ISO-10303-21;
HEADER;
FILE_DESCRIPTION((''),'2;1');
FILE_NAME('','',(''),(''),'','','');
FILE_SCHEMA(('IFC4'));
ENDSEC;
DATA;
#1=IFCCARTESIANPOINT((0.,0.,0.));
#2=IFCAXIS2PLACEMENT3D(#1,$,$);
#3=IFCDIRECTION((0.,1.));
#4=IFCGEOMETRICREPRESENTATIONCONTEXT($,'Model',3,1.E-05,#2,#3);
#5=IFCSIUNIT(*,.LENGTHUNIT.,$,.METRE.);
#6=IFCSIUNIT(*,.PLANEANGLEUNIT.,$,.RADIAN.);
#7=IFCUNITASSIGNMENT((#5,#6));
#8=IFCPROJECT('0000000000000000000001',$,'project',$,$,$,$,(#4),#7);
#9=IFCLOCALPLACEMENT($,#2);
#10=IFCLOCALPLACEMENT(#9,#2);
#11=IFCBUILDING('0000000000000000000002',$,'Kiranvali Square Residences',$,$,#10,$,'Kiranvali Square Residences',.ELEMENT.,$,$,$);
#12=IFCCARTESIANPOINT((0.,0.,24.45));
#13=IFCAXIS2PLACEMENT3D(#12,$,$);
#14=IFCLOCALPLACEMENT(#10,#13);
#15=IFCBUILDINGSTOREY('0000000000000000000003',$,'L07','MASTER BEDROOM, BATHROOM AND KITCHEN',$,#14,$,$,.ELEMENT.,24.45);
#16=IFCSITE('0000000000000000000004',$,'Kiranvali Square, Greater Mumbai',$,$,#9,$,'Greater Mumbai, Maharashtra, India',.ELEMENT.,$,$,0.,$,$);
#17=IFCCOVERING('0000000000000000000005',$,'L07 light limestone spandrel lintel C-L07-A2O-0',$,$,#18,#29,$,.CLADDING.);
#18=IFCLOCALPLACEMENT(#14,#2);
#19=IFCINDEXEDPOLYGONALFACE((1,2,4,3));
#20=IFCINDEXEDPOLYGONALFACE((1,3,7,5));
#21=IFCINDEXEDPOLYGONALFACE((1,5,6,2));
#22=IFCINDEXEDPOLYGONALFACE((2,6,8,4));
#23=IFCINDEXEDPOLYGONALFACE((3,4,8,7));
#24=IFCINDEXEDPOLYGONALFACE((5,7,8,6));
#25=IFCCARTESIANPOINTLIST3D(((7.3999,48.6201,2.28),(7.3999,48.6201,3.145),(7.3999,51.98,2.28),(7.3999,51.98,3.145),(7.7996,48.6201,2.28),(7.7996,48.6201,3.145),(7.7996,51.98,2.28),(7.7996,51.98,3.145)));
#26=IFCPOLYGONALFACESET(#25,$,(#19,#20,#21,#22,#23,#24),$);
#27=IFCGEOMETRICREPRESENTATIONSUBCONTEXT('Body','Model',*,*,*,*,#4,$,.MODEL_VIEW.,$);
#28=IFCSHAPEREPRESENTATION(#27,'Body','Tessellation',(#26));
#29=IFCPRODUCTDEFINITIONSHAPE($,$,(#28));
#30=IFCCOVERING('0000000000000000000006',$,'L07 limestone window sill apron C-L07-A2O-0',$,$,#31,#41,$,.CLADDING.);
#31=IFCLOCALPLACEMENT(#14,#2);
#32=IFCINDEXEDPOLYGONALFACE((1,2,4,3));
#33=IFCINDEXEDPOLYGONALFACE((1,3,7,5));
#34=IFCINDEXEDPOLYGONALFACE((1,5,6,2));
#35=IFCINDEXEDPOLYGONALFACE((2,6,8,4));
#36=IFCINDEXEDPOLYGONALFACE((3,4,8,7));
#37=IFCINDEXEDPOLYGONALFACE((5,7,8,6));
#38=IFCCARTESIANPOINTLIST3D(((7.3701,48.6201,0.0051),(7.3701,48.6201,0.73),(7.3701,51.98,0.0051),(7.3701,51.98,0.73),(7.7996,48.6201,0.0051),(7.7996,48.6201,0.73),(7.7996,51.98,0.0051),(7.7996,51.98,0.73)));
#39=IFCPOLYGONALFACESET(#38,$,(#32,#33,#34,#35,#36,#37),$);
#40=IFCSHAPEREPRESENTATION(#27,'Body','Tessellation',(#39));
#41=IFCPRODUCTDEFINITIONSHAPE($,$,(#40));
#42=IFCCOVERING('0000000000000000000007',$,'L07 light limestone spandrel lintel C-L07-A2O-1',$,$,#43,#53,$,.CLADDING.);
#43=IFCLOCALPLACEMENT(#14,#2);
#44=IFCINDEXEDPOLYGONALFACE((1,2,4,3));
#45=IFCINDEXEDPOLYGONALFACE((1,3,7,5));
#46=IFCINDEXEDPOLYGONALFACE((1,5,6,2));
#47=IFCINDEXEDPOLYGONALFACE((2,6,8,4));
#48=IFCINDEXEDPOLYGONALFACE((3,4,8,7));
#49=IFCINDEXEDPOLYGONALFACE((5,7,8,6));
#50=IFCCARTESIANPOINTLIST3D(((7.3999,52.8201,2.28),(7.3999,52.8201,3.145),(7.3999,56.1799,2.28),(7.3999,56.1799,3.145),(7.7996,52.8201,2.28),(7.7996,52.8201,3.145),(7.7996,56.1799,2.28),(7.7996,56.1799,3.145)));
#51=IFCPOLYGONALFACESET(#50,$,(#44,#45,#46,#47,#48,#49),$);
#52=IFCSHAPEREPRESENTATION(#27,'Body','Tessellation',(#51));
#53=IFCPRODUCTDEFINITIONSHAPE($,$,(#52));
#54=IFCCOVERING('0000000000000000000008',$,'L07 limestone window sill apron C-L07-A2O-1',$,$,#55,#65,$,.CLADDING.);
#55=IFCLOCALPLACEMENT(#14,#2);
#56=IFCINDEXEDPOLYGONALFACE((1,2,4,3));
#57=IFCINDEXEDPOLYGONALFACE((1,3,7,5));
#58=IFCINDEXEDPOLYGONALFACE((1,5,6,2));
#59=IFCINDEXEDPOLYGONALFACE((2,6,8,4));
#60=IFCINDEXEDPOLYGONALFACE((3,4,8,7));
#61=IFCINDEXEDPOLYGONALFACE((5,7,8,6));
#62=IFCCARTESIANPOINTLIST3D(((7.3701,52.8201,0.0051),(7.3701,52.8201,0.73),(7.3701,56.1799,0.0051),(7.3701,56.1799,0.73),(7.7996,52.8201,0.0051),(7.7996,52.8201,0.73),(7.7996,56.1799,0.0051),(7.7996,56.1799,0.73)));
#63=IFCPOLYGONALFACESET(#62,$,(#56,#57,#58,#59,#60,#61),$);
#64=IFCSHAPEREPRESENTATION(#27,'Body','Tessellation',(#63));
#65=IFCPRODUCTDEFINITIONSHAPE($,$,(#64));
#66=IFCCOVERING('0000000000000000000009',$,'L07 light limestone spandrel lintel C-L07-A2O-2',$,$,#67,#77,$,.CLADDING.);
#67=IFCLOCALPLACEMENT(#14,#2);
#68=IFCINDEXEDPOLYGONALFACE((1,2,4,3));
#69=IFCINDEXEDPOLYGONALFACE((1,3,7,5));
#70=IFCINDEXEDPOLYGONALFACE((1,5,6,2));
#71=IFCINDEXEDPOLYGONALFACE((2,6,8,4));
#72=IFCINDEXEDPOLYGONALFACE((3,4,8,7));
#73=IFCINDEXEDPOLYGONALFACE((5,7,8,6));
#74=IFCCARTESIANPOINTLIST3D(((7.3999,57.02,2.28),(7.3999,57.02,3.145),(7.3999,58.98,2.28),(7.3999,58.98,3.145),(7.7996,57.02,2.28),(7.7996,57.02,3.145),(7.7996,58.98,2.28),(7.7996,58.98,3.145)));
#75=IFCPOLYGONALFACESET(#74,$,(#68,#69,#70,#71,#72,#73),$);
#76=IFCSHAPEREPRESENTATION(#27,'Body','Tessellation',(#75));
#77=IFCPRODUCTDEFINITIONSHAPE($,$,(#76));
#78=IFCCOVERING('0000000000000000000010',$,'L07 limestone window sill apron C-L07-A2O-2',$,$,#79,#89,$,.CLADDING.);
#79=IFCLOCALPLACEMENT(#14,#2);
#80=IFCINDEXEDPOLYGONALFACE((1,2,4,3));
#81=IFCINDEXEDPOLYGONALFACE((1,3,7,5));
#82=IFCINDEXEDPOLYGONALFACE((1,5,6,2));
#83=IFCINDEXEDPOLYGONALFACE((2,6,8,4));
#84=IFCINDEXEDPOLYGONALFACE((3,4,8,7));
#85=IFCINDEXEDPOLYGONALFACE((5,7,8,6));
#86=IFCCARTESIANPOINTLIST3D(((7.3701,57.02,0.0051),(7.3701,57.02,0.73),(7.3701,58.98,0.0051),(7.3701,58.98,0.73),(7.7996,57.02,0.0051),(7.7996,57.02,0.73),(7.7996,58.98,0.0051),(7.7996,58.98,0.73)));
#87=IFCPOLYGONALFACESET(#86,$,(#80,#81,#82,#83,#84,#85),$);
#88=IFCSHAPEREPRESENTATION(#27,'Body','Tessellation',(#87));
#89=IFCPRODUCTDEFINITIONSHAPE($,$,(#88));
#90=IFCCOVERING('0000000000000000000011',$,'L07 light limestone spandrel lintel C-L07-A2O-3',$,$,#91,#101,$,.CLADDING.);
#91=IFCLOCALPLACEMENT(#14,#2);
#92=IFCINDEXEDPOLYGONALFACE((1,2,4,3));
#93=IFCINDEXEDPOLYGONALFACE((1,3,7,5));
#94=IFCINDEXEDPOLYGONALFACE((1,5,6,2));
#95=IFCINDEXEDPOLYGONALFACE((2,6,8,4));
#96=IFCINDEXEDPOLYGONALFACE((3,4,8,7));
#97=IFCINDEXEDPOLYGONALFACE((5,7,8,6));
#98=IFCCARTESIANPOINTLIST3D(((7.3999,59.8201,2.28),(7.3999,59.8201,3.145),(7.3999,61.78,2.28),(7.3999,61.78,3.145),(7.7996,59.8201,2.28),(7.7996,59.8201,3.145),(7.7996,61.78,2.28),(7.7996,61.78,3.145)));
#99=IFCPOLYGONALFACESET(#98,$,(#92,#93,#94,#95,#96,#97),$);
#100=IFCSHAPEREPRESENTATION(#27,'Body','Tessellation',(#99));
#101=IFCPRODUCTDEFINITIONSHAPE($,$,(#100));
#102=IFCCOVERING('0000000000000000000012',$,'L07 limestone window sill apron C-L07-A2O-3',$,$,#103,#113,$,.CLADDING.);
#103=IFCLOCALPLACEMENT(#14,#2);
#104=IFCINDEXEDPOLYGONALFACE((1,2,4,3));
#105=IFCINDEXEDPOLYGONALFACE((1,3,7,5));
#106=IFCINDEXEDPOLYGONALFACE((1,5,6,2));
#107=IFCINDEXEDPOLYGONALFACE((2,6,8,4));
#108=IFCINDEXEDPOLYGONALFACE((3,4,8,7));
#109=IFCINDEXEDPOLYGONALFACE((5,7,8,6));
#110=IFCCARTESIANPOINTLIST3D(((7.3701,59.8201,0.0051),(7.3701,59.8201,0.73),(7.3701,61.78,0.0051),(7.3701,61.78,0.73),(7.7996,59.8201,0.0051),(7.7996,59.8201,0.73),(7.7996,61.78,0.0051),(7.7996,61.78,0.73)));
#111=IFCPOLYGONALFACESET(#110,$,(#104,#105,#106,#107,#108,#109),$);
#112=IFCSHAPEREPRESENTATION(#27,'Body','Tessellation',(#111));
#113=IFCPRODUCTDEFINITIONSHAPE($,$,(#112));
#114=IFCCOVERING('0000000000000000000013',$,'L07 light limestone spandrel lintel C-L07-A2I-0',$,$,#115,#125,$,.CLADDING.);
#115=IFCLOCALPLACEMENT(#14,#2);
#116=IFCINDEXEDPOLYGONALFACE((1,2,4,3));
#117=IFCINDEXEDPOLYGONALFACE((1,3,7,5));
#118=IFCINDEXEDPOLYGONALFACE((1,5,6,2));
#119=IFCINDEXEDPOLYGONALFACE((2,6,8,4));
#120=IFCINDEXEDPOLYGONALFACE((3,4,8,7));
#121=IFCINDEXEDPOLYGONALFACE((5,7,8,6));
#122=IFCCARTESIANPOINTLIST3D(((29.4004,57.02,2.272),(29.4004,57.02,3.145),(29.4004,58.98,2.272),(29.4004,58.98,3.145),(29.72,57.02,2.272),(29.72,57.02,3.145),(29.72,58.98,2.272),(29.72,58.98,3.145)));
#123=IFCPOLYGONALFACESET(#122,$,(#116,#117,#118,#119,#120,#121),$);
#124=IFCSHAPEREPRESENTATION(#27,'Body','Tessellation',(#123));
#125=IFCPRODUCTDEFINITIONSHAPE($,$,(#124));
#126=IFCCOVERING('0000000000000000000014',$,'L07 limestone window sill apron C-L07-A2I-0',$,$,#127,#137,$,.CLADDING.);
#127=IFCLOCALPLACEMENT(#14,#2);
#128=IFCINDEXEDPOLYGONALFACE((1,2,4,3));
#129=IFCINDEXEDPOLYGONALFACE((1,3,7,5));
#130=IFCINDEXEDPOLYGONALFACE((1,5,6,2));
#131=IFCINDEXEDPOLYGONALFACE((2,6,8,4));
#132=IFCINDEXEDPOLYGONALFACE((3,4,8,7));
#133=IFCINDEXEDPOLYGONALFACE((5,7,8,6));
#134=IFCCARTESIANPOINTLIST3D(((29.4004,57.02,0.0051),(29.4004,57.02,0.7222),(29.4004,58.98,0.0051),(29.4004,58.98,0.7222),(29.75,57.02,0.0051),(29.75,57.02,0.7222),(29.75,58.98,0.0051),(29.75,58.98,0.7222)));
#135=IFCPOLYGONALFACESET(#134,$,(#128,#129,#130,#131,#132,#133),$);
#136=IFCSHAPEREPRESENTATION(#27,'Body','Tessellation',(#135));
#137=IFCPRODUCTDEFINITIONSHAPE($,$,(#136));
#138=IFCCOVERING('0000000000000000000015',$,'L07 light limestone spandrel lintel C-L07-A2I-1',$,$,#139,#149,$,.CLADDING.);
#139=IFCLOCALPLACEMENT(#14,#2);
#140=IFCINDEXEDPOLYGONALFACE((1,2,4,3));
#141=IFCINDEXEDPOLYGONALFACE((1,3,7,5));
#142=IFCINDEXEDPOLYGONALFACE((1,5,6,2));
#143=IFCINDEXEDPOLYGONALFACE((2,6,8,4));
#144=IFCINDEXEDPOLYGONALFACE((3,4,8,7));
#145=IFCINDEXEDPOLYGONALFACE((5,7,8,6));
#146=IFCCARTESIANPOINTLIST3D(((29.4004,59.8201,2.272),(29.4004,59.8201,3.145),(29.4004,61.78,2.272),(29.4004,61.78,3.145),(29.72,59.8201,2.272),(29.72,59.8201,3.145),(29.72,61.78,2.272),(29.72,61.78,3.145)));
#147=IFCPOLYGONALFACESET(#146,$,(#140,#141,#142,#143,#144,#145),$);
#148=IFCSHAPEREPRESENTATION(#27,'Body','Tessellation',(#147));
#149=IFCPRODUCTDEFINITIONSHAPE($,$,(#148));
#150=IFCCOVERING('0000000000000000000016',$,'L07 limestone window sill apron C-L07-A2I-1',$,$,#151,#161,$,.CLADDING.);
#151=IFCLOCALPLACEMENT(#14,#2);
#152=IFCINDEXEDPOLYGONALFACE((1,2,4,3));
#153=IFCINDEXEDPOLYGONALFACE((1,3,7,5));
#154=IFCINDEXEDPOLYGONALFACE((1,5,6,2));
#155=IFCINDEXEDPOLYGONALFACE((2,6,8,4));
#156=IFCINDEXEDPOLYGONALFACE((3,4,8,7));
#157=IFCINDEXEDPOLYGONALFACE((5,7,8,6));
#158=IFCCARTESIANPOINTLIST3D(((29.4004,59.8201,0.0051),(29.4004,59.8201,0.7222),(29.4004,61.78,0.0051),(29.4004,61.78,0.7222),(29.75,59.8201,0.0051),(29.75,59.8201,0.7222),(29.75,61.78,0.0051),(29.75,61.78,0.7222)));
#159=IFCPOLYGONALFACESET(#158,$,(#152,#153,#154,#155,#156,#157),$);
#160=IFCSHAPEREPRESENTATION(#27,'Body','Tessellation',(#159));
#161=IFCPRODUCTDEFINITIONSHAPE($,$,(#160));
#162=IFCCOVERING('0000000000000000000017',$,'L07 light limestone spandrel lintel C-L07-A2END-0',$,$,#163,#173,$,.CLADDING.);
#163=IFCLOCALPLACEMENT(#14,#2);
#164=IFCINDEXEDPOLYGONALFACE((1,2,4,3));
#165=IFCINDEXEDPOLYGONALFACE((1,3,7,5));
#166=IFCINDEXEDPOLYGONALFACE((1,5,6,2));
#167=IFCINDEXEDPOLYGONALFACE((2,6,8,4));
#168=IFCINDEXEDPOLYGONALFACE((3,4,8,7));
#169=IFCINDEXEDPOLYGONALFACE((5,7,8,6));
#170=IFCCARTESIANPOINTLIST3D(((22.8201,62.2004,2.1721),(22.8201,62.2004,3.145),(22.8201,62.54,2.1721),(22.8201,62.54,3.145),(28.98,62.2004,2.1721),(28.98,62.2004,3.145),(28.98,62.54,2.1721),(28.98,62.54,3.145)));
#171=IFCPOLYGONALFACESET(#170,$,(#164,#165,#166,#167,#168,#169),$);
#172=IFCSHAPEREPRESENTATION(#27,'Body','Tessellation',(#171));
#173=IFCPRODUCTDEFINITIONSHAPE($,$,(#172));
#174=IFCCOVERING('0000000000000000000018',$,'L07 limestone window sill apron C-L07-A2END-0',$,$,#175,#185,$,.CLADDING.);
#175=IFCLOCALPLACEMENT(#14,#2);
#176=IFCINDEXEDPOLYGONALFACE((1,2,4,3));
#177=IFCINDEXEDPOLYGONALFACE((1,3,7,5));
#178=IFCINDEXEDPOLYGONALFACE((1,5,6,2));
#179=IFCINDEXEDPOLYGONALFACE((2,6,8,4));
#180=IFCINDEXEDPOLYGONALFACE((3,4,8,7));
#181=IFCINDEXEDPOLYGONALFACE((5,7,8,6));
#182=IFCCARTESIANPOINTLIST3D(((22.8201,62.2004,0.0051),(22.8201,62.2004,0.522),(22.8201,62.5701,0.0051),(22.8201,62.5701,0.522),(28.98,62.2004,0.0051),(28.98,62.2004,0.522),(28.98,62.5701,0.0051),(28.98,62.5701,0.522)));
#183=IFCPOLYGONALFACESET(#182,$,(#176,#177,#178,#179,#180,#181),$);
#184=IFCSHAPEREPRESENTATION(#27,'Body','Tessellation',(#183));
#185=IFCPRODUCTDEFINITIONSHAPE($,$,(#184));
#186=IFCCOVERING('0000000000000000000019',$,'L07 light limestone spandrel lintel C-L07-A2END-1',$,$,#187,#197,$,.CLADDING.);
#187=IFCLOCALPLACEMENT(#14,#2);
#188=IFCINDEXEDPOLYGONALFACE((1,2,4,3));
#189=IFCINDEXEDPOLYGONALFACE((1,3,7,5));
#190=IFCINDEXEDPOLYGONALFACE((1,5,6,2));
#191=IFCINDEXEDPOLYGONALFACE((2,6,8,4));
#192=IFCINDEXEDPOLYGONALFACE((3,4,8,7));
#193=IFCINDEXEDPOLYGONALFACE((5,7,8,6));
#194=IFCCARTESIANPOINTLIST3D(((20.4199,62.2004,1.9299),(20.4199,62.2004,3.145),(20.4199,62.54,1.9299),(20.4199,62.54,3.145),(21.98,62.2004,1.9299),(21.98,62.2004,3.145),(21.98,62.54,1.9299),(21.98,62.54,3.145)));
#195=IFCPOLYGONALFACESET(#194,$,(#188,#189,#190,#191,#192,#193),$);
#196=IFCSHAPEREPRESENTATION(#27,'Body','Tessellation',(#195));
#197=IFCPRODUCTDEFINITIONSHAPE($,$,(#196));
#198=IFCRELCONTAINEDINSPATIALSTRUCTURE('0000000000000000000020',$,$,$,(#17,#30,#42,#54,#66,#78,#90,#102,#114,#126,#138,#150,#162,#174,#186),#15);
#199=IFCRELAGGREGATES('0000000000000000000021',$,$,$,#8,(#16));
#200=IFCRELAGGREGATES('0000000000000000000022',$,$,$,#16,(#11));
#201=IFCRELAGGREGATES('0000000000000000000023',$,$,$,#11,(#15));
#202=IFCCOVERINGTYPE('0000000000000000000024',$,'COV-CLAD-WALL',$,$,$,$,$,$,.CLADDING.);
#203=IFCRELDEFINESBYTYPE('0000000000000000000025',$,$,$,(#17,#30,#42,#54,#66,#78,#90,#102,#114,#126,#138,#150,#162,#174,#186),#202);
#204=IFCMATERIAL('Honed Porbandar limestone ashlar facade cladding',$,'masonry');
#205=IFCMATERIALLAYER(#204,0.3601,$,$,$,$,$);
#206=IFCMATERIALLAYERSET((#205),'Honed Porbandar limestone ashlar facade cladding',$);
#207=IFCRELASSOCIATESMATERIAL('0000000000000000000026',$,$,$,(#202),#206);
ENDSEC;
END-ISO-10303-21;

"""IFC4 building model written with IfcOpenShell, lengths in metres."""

from ifc_helpers import new_model, si_unit, direction, frame, origin, place, context, subcontext, project, spatial, polyline, outline, extrude, material, layer, layer_set, type_object, element, save


model = new_model("IFC4")

# Units and contexts
model_context = context("Model", 3, precision=1e-05, world=origin(), true_north=direction((0.0, 1.0)))
body_context = subcontext(model_context, "Body", "Model", "MODEL_VIEW")
ifc_project = project(units=[si_unit("LENGTHUNIT", "METRE"), si_unit("PLANEANGLEUNIT", "RADIAN")], contexts=[model_context])

# Site, building, storey
site_placement = place(None, origin())
site = spatial("IfcSite", under=ifc_project, at=site_placement, Name="Kiranvali Square, Greater Mumbai", LongName="Greater Mumbai, Maharashtra, India", CompositionType="ELEMENT", RefElevation=0.0)
building_placement = place(site_placement, origin())
building = spatial("IfcBuilding", under=site, at=building_placement, Name="Kiranvali Square Residences", LongName="Kiranvali Square Residences", CompositionType="ELEMENT")
storey_placement = place(building_placement, frame((0.0, 0.0, 24.45)))
storey = spatial("IfcBuildingStorey", under=building, at=storey_placement, Name="L07", Description="MASTER BEDROOM, BATHROOM AND KITCHEN", CompositionType="ELEMENT", Elevation=24.45)

# Coverings
ifc_material = material(Name="Honed Porbandar limestone ashlar facade cladding", Category="masonry")
ifc_layer_1 = layer(ifc_material, 0.3601)
ifc_layer_set_1 = layer_set([ifc_layer_1], Name="Honed Porbandar limestone ashlar facade cladding")
covering_type_1 = type_object("IfcCoveringType", Name="COV-CLAD-WALL", PredefinedType="CLADDING", material=ifc_layer_set_1)
covering_1_placement = place(storey_placement, frame((0.0, 0.0, 2.28)))
element("IfcCovering", 1, at=covering_1_placement, inside=storey, type_object=covering_type_1, Name="L07 light limestone spandrel lintel C-L07-A2O-0", PredefinedType="CLADDING", context=body_context, shape_type="SweptSolid", body=[
    extrude(outline(polyline([(7.7996, 48.6201), (7.7996, 51.98), (7.3999, 51.98), (7.3999, 48.6201), (7.7996, 48.6201)])), origin(), (0.0, 0.0, 1.0), 0.865),
])
covering_2_placement = place(storey_placement, frame((0.0, 0.0, 0.0051)))
element("IfcCovering", 2, at=covering_2_placement, inside=storey, type_object=covering_type_1, Name="L07 limestone window sill apron C-L07-A2O-0", PredefinedType="CLADDING", context=body_context, shape_type="SweptSolid", body=[
    extrude(outline(polyline([(7.7996, 48.6201), (7.7996, 51.98), (7.3701, 51.98), (7.3701, 48.6201), (7.7996, 48.6201)])), origin(), (0.0, 0.0, 1.0), 0.7249),
])
covering_3_placement = place(storey_placement, frame((0.0, 0.0, 2.28)))
element("IfcCovering", 3, at=covering_3_placement, inside=storey, type_object=covering_type_1, Name="L07 light limestone spandrel lintel C-L07-A2O-1", PredefinedType="CLADDING", context=body_context, shape_type="SweptSolid", body=[
    extrude(outline(polyline([(7.7996, 52.8201), (7.7996, 56.1799), (7.3999, 56.1799), (7.3999, 52.8201), (7.7996, 52.8201)])), origin(), (0.0, 0.0, 1.0), 0.865),
])
covering_4_placement = place(storey_placement, frame((0.0, 0.0, 0.0051)))
element("IfcCovering", 4, at=covering_4_placement, inside=storey, type_object=covering_type_1, Name="L07 limestone window sill apron C-L07-A2O-1", PredefinedType="CLADDING", context=body_context, shape_type="SweptSolid", body=[
    extrude(outline(polyline([(7.7996, 52.8201), (7.7996, 56.1799), (7.3701, 56.1799), (7.3701, 52.8201), (7.7996, 52.8201)])), origin(), (0.0, 0.0, 1.0), 0.7249),
])
covering_5_placement = place(storey_placement, frame((0.0, 0.0, 2.28)))
element("IfcCovering", 5, at=covering_5_placement, inside=storey, type_object=covering_type_1, Name="L07 light limestone spandrel lintel C-L07-A2O-2", PredefinedType="CLADDING", context=body_context, shape_type="SweptSolid", body=[
    extrude(outline(polyline([(7.7996, 57.02), (7.7996, 58.98), (7.3999, 58.98), (7.3999, 57.02), (7.7996, 57.02)])), origin(), (0.0, 0.0, 1.0), 0.865),
])
covering_6_placement = place(storey_placement, frame((0.0, 0.0, 0.0051)))
element("IfcCovering", 6, at=covering_6_placement, inside=storey, type_object=covering_type_1, Name="L07 limestone window sill apron C-L07-A2O-2", PredefinedType="CLADDING", context=body_context, shape_type="SweptSolid", body=[
    extrude(outline(polyline([(7.7996, 57.02), (7.7996, 58.98), (7.3701, 58.98), (7.3701, 57.02), (7.7996, 57.02)])), origin(), (0.0, 0.0, 1.0), 0.7249),
])
covering_7_placement = place(storey_placement, frame((0.0, 0.0, 2.28)))
element("IfcCovering", 7, at=covering_7_placement, inside=storey, type_object=covering_type_1, Name="L07 light limestone spandrel lintel C-L07-A2O-3", PredefinedType="CLADDING", context=body_context, shape_type="SweptSolid", body=[
    extrude(outline(polyline([(7.7996, 59.8201), (7.7996, 61.78), (7.3999, 61.78), (7.3999, 59.8201), (7.7996, 59.8201)])), origin(), (0.0, 0.0, 1.0), 0.865),
])
covering_8_placement = place(storey_placement, frame((0.0, 0.0, 0.0051)))
element("IfcCovering", 8, at=covering_8_placement, inside=storey, type_object=covering_type_1, Name="L07 limestone window sill apron C-L07-A2O-3", PredefinedType="CLADDING", context=body_context, shape_type="SweptSolid", body=[
    extrude(outline(polyline([(7.7996, 59.8201), (7.7996, 61.78), (7.3701, 61.78), (7.3701, 59.8201), (7.7996, 59.8201)])), origin(), (0.0, 0.0, 1.0), 0.7249),
])
covering_9_placement = place(storey_placement, frame((0.0, 0.0, 2.272)))
element("IfcCovering", 9, at=covering_9_placement, inside=storey, type_object=covering_type_1, Name="L07 light limestone spandrel lintel C-L07-A2I-0", PredefinedType="CLADDING", context=body_context, shape_type="SweptSolid", body=[
    extrude(outline(polyline([(29.72, 57.02), (29.72, 58.98), (29.4004, 58.98), (29.4004, 57.02), (29.72, 57.02)])), origin(), (0.0, 0.0, 1.0), 0.873),
])
covering_10_placement = place(storey_placement, frame((0.0, 0.0, 0.0051)))
element("IfcCovering", 10, at=covering_10_placement, inside=storey, type_object=covering_type_1, Name="L07 limestone window sill apron C-L07-A2I-0", PredefinedType="CLADDING", context=body_context, shape_type="SweptSolid", body=[
    extrude(outline(polyline([(29.75, 57.02), (29.75, 58.98), (29.4004, 58.98), (29.4004, 57.02), (29.75, 57.02)])), origin(), (0.0, 0.0, 1.0), 0.717),
])
covering_11_placement = place(storey_placement, frame((0.0, 0.0, 2.272)))
element("IfcCovering", 11, at=covering_11_placement, inside=storey, type_object=covering_type_1, Name="L07 light limestone spandrel lintel C-L07-A2I-1", PredefinedType="CLADDING", context=body_context, shape_type="SweptSolid", body=[
    extrude(outline(polyline([(29.72, 59.8201), (29.72, 61.78), (29.4004, 61.78), (29.4004, 59.8201), (29.72, 59.8201)])), origin(), (0.0, 0.0, 1.0), 0.873),
])
covering_12_placement = place(storey_placement, frame((0.0, 0.0, 0.0051)))
element("IfcCovering", 12, at=covering_12_placement, inside=storey, type_object=covering_type_1, Name="L07 limestone window sill apron C-L07-A2I-1", PredefinedType="CLADDING", context=body_context, shape_type="SweptSolid", body=[
    extrude(outline(polyline([(29.75, 59.8201), (29.75, 61.78), (29.4004, 61.78), (29.4004, 59.8201), (29.75, 59.8201)])), origin(), (0.0, 0.0, 1.0), 0.717),
])
covering_13_placement = place(storey_placement, frame((0.0, 0.0, 2.1721)))
element("IfcCovering", 13, at=covering_13_placement, inside=storey, type_object=covering_type_1, Name="L07 light limestone spandrel lintel C-L07-A2END-0", PredefinedType="CLADDING", context=body_context, shape_type="SweptSolid", body=[
    extrude(outline(polyline([(28.98, 62.54), (22.8201, 62.54), (22.8201, 62.2004), (28.98, 62.2004), (28.98, 62.54)])), origin(), (0.0, 0.0, 1.0), 0.9729),
])
covering_14_placement = place(storey_placement, frame((0.0, 0.0, 0.0051)))
element("IfcCovering", 14, at=covering_14_placement, inside=storey, type_object=covering_type_1, Name="L07 limestone window sill apron C-L07-A2END-0", PredefinedType="CLADDING", context=body_context, shape_type="SweptSolid", body=[
    extrude(outline(polyline([(28.98, 62.5701), (22.8201, 62.5701), (22.8201, 62.2004), (28.98, 62.2004), (28.98, 62.5701)])), origin(), (0.0, 0.0, 1.0), 0.5168),
])
covering_15_placement = place(storey_placement, frame((0.0, 0.0, 1.9299)))
element("IfcCovering", 15, at=covering_15_placement, inside=storey, type_object=covering_type_1, Name="L07 light limestone spandrel lintel C-L07-A2END-1", PredefinedType="CLADDING", context=body_context, shape_type="SweptSolid", body=[
    extrude(outline(polyline([(21.98, 62.54), (20.4199, 62.54), (20.4199, 62.2004), (21.98, 62.2004), (21.98, 62.54)])), origin(), (0.0, 0.0, 1.0), 1.2151),
])

save(model, "model.ifc")
